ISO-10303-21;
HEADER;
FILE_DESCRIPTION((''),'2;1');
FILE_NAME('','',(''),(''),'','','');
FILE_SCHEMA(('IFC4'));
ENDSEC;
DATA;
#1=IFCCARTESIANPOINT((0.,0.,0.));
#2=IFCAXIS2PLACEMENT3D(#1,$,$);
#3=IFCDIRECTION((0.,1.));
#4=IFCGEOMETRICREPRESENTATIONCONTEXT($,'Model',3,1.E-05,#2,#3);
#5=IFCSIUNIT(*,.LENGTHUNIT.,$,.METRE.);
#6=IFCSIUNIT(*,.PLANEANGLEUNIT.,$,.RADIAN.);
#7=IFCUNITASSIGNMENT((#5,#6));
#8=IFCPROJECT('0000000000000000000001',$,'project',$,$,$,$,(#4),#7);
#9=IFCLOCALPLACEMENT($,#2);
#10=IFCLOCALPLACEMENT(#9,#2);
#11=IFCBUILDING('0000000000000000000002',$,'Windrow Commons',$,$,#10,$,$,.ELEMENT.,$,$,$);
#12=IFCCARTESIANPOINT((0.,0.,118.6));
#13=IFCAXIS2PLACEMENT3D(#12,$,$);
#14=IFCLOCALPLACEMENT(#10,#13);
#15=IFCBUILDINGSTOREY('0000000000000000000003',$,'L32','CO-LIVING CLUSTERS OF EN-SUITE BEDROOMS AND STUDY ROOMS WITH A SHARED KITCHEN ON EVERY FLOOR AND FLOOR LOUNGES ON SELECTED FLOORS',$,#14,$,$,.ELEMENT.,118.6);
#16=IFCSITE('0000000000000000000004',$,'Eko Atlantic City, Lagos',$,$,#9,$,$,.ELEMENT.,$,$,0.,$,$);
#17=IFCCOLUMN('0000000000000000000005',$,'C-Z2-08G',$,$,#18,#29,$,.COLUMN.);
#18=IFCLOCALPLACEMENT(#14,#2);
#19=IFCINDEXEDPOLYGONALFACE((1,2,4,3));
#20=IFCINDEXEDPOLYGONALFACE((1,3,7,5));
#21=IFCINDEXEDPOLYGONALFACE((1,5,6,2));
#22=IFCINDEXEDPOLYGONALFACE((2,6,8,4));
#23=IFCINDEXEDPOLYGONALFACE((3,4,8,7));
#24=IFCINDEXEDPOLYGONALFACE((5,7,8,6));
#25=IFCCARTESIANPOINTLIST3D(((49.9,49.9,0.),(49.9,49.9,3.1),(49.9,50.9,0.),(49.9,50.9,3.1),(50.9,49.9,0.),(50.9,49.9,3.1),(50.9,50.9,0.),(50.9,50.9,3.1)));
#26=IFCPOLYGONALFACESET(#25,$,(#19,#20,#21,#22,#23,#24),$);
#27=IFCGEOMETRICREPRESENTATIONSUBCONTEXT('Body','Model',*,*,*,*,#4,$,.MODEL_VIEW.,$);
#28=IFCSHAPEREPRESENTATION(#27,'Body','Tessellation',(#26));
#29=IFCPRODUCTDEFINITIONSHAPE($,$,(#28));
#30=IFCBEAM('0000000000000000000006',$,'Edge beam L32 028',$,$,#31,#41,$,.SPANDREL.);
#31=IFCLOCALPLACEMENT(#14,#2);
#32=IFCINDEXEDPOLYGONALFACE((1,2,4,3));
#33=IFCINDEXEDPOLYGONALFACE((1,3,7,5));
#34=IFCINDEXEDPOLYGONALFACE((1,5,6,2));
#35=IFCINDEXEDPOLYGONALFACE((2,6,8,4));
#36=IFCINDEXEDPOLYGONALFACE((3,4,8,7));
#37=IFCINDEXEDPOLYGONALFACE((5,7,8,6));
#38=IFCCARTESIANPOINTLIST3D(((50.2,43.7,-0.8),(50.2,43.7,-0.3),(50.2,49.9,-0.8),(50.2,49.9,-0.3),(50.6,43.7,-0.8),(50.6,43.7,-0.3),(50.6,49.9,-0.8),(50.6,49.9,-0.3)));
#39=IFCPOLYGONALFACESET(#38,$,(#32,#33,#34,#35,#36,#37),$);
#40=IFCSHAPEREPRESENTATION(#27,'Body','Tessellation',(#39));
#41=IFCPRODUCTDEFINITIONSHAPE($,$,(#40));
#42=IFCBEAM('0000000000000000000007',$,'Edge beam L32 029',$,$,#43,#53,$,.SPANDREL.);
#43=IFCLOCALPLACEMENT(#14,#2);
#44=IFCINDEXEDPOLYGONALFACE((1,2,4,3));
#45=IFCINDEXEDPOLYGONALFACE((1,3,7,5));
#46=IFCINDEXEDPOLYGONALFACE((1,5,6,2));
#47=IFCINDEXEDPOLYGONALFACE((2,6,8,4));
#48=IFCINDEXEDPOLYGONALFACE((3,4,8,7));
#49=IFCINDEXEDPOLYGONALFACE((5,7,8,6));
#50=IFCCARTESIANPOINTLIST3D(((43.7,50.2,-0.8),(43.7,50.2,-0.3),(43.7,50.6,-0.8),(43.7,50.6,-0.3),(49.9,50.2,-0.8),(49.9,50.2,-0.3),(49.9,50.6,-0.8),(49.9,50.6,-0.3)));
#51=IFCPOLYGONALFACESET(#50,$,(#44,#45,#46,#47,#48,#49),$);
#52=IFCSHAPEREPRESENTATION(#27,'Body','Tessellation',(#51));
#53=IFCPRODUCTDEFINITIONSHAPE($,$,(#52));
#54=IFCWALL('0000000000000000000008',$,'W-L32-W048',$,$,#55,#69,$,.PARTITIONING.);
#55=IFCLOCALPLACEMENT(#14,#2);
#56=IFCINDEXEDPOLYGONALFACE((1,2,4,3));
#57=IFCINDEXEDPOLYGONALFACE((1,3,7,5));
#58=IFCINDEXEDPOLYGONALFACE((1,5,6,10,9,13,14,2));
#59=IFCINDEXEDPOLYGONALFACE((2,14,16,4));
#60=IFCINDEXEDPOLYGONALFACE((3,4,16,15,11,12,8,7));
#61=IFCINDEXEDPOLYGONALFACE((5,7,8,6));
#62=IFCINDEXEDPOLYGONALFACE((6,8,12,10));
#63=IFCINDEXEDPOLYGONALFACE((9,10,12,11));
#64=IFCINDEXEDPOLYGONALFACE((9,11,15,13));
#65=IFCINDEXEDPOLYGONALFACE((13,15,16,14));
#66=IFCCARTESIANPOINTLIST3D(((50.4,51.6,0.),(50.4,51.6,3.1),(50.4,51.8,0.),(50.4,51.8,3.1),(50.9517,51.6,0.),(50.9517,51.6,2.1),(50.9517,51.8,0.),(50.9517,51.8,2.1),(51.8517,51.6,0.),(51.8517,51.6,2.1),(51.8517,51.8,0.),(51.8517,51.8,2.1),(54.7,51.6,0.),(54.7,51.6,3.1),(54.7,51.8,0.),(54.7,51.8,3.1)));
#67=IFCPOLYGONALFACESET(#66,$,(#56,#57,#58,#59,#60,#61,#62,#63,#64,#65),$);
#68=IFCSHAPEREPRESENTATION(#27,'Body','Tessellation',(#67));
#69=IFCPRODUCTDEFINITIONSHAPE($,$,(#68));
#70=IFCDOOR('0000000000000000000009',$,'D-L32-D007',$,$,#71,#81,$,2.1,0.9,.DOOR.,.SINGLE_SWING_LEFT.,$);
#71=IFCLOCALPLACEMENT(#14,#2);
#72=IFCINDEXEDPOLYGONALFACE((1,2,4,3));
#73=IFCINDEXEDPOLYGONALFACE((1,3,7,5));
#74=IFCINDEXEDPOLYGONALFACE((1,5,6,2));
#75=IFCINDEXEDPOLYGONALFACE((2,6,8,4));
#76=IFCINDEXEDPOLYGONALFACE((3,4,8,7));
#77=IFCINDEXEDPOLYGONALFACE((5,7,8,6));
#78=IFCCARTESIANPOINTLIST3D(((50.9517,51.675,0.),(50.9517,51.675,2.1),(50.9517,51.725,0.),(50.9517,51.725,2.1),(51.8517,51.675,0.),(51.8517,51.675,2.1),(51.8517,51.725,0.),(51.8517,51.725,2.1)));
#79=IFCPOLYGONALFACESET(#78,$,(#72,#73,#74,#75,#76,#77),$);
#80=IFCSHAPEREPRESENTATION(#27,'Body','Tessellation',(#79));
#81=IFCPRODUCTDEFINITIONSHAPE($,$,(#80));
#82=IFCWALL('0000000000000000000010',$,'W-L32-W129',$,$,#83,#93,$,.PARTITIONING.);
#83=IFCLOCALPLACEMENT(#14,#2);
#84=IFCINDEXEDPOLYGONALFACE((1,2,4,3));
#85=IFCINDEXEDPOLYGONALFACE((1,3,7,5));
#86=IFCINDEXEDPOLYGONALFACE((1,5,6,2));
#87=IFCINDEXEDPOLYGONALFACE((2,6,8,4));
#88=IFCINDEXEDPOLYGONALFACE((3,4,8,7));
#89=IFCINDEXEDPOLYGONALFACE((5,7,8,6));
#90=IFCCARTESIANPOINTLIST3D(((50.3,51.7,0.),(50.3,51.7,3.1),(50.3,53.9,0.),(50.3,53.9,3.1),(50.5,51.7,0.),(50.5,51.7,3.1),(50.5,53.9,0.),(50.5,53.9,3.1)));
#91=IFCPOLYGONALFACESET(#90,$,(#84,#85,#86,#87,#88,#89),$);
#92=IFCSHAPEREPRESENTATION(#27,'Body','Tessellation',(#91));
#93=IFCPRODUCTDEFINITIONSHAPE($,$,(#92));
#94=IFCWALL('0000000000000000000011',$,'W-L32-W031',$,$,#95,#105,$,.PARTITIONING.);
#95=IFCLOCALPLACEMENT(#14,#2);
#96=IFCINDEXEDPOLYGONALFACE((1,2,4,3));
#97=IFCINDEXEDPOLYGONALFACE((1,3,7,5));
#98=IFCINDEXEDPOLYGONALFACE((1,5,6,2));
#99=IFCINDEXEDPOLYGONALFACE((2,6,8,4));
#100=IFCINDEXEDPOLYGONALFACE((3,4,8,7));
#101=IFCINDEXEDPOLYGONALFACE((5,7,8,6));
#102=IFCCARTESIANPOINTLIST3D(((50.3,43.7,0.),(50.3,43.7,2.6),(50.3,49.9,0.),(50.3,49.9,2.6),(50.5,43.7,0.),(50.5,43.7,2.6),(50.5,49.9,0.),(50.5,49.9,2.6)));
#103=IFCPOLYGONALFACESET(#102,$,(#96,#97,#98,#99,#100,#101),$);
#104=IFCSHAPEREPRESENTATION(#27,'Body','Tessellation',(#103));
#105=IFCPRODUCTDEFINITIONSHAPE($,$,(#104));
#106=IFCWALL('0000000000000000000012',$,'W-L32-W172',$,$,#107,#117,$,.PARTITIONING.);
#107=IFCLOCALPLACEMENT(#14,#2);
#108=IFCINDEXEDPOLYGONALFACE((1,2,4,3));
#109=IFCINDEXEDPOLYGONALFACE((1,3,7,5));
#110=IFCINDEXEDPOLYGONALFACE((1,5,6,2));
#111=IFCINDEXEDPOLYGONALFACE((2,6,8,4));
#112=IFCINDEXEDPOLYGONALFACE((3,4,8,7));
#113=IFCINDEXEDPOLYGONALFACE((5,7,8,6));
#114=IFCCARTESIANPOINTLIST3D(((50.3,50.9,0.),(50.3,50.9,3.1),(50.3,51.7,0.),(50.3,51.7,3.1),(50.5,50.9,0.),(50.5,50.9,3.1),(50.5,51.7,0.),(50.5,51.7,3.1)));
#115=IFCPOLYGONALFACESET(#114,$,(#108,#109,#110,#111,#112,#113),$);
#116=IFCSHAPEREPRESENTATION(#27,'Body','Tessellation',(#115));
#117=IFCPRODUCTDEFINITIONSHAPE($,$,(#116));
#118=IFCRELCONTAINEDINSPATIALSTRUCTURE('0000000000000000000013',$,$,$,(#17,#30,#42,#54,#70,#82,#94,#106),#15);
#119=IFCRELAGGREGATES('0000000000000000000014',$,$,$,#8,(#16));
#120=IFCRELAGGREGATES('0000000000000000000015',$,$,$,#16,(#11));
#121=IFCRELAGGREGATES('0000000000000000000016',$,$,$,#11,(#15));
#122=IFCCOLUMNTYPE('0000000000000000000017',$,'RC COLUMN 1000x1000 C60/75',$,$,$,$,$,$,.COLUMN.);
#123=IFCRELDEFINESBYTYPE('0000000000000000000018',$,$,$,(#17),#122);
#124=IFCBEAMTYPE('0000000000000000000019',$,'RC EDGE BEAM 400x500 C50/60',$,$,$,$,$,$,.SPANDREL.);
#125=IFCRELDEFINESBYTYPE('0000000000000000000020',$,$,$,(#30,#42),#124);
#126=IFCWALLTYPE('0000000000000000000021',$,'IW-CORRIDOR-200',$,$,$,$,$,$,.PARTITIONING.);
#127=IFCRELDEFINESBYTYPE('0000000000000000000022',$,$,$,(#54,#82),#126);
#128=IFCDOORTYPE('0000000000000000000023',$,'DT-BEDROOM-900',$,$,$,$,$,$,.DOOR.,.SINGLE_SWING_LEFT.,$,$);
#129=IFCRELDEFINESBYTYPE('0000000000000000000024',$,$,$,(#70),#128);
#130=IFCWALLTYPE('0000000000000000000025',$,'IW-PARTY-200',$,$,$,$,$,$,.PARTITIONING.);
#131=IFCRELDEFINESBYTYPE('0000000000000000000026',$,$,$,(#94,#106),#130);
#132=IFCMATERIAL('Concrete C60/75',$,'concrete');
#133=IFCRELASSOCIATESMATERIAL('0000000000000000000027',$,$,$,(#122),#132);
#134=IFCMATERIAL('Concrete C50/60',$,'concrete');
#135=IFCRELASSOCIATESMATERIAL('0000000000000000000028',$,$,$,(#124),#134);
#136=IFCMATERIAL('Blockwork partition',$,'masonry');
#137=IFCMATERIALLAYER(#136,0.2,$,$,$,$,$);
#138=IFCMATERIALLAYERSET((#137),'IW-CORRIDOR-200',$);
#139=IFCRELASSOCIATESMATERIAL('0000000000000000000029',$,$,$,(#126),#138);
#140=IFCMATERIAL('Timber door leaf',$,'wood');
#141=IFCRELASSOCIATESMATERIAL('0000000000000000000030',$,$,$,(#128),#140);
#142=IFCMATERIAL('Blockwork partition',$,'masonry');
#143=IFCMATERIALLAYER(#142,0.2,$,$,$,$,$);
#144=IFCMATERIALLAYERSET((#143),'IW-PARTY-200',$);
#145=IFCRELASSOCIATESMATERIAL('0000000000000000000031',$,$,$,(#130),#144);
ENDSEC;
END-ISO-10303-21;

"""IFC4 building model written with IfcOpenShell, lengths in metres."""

from ifc_helpers import new_model, si_unit, direction, frame, frame_2d, origin, origin_2d, place, context, subcontext, project, spatial, rectangle, extrude, material, layer, layer_set, material_profile, profile_set, type_object, element, fill, save


model = new_model("IFC4")

# Units and contexts
model_context = context("Model", 3, precision=1e-05, world=origin(), true_north=direction((0.0, 1.0)))
body_context = subcontext(model_context, "Body", "Model", "MODEL_VIEW")
ifc_project = project(units=[si_unit("LENGTHUNIT", "METRE"), si_unit("PLANEANGLEUNIT", "RADIAN")], contexts=[model_context])

# Site, building, storey
site_placement = place(None, origin())
site = spatial("IfcSite", under=ifc_project, at=site_placement, Name="Eko Atlantic City, Lagos", CompositionType="ELEMENT", RefElevation=0.0)
building_placement = place(site_placement, origin())
building = spatial("IfcBuilding", under=site, at=building_placement, Name="Windrow Commons", CompositionType="ELEMENT")
storey_placement = place(building_placement, frame((0.0, 0.0, 118.6)))
storey = spatial("IfcBuildingStorey", under=building, at=storey_placement, Name="L32", Description="CO-LIVING CLUSTERS OF EN-SUITE BEDROOMS AND STUDY ROOMS WITH A SHARED KITCHEN ON EVERY FLOOR AND FLOOR LOUNGES ON SELECTED FLOORS", CompositionType="ELEMENT", Elevation=118.6)

# Column
ifc_material_1 = material(Name="Concrete C60/75", Category="concrete")
ifc_material_profile_1 = material_profile(ifc_material_1, rectangle(XDim=1.0, YDim=1.0, at=origin_2d()))
ifc_profile_set_1 = profile_set([ifc_material_profile_1], Name="Concrete C60/75")
column_type = type_object("IfcColumnType", Name="RC COLUMN 1000x1000 C60/75", PredefinedType="COLUMN", material=ifc_profile_set_1)
column_placement = place(storey_placement, frame((50.4, 50.4, 0.0), z_axis=(0.0, 0.0, 1.0), x_axis=(1.0, 0.0, 0.0)))
element("IfcColumn", 1, at=column_placement, inside=storey, type_object=column_type, Name="C-Z2-08G", PredefinedType="COLUMN", context=body_context, shape_type="SweptSolid", body=[
    extrude(rectangle(XDim=1.0, YDim=1.0, at=origin_2d()), origin(), (0.0, 0.0, 1.0), 3.1),
])

# Beams
ifc_material_2 = material(Name="Concrete C50/60", Category="concrete")
ifc_material_profile_2 = material_profile(ifc_material_2, rectangle(XDim=0.4, YDim=0.5, at=origin_2d()))
ifc_profile_set_2 = profile_set([ifc_material_profile_2], Name="Concrete C50/60")
beam_type = type_object("IfcBeamType", Name="RC EDGE BEAM 400x500 C50/60", PredefinedType="SPANDREL", material=ifc_profile_set_2)
for number, where, z_axis, x_axis, name in (
    (2, (50.4, 43.7, -0.55), (0.0, 1.0, 0.0), (-1.0, 0.0, 0.0), "Edge beam L32 028"),
    (3, (49.9, 50.4, -0.55), (-1.0, 0.0, 0.0), (0.0, -1.0, 0.0), "Edge beam L32 029"),
):
    element("IfcBeam", number, at=place(storey_placement, frame(where, z_axis=z_axis, x_axis=x_axis)), inside=storey, type_object=beam_type, Name=name, PredefinedType="SPANDREL", context=body_context, shape_type="SweptSolid", body=[
        extrude(rectangle(XDim=0.4, YDim=0.5, at=origin_2d()), origin(), (0.0, 0.0, 1.0), 6.2),
    ])

# Wall, opening, door
ifc_material_3 = material(Name="Blockwork partition", Category="masonry")
ifc_layer_1 = layer(ifc_material_3, 0.2)
ifc_layer_set_1 = layer_set([ifc_layer_1], Name="IW-CORRIDOR-200")
wall_type_1 = type_object("IfcWallType", Name="IW-CORRIDOR-200", PredefinedType="PARTITIONING", material=ifc_layer_set_1)
wall_1_placement = place(storey_placement, frame((50.4, 51.7, 0.0), z_axis=(0.0, 0.0, 1.0), x_axis=(1.0, 0.0, 0.0)))
wall_1 = element("IfcWall", 4, at=wall_1_placement, inside=storey, type_object=wall_type_1, Name="W-L32-W048", PredefinedType="PARTITIONING", context=body_context, shape_type="SweptSolid", body=[
    extrude(rectangle(XDim=4.3, YDim=0.2, at=frame_2d((2.15, 0.0))), origin(), (0.0, 0.0, 1.0), 3.1),
])
opening_placement = place(wall_1_placement, frame((0.5517, 0.0, 0.0)))
opening = element("IfcOpeningElement", 5, at=opening_placement, cuts=wall_1, PredefinedType="OPENING", context=body_context, shape_type="SweptSolid", body=[
    extrude(rectangle(XDim=0.9, YDim=2.1, at=frame_2d((0.45, 1.05))), frame((0.0, 0.11, 0.0), z_axis=(0.0, -1.0, 0.0), x_axis=(1.0, 0.0, 0.0)), (0.0, 0.0, 1.0), 0.22),
])
ifc_material_4 = material(Name="Timber door leaf", Category="wood")
door_type = type_object("IfcDoorType", Name="DT-BEDROOM-900", OperationType="SINGLE_SWING_LEFT", PredefinedType="DOOR", material=ifc_material_4)
door_placement = place(opening_placement, origin())
door = element("IfcDoor", 6, at=door_placement, inside=storey, type_object=door_type, Name="D-L32-D007", OperationType="SINGLE_SWING_LEFT", OverallHeight=2.1, OverallWidth=0.9, PredefinedType="DOOR", context=body_context, shape_type="SweptSolid", body=[
    extrude(rectangle(XDim=0.9, YDim=2.1, at=frame_2d((0.45, 1.05))), frame((0.0, 0.025, 0.0), z_axis=(0.0, -1.0, 0.0), x_axis=(1.0, 0.0, 0.0)), (0.0, 0.0, 1.0), 0.05),
])
fill(opening, door)

# Walls
wall_2_placement = place(storey_placement, frame((50.4, 51.7, 0.0), z_axis=(0.0, 0.0, 1.0), x_axis=(0.0, 1.0, 0.0)))
element("IfcWall", 7, at=wall_2_placement, inside=storey, type_object=wall_type_1, Name="W-L32-W129", PredefinedType="PARTITIONING", context=body_context, shape_type="SweptSolid", body=[
    extrude(rectangle(XDim=2.2, YDim=0.2, at=frame_2d((1.1, 0.0))), origin(), (0.0, 0.0, 1.0), 3.1),
])
ifc_material_5 = material(Name="Blockwork partition", Category="masonry")
ifc_layer_2 = layer(ifc_material_5, 0.2)
ifc_layer_set_2 = layer_set([ifc_layer_2], Name="IW-PARTY-200")
wall_type_2 = type_object("IfcWallType", Name="IW-PARTY-200", PredefinedType="PARTITIONING", material=ifc_layer_set_2)
wall_3_placement = place(storey_placement, frame((50.4, 43.7, 0.0), z_axis=(0.0, 0.0, 1.0), x_axis=(0.0, 1.0, 0.0)))
element("IfcWall", 8, at=wall_3_placement, inside=storey, type_object=wall_type_2, Name="W-L32-W031", PredefinedType="PARTITIONING", context=body_context, shape_type="SweptSolid", body=[
    extrude(rectangle(XDim=6.2, YDim=0.2, at=frame_2d((3.1, 0.0))), origin(), (0.0, 0.0, 1.0), 2.6),
])
wall_4_placement = place(storey_placement, frame((50.4, 50.9, 0.0), z_axis=(0.0, 0.0, 1.0), x_axis=(0.0, 1.0, 0.0)))
element("IfcWall", 9, at=wall_4_placement, inside=storey, type_object=wall_type_2, Name="W-L32-W172", PredefinedType="PARTITIONING", context=body_context, shape_type="SweptSolid", body=[
    extrude(rectangle(XDim=0.8, YDim=0.2, at=frame_2d((0.4, 0.0))), origin(), (0.0, 0.0, 1.0), 3.1),
])

save(model, "model.ifc")
